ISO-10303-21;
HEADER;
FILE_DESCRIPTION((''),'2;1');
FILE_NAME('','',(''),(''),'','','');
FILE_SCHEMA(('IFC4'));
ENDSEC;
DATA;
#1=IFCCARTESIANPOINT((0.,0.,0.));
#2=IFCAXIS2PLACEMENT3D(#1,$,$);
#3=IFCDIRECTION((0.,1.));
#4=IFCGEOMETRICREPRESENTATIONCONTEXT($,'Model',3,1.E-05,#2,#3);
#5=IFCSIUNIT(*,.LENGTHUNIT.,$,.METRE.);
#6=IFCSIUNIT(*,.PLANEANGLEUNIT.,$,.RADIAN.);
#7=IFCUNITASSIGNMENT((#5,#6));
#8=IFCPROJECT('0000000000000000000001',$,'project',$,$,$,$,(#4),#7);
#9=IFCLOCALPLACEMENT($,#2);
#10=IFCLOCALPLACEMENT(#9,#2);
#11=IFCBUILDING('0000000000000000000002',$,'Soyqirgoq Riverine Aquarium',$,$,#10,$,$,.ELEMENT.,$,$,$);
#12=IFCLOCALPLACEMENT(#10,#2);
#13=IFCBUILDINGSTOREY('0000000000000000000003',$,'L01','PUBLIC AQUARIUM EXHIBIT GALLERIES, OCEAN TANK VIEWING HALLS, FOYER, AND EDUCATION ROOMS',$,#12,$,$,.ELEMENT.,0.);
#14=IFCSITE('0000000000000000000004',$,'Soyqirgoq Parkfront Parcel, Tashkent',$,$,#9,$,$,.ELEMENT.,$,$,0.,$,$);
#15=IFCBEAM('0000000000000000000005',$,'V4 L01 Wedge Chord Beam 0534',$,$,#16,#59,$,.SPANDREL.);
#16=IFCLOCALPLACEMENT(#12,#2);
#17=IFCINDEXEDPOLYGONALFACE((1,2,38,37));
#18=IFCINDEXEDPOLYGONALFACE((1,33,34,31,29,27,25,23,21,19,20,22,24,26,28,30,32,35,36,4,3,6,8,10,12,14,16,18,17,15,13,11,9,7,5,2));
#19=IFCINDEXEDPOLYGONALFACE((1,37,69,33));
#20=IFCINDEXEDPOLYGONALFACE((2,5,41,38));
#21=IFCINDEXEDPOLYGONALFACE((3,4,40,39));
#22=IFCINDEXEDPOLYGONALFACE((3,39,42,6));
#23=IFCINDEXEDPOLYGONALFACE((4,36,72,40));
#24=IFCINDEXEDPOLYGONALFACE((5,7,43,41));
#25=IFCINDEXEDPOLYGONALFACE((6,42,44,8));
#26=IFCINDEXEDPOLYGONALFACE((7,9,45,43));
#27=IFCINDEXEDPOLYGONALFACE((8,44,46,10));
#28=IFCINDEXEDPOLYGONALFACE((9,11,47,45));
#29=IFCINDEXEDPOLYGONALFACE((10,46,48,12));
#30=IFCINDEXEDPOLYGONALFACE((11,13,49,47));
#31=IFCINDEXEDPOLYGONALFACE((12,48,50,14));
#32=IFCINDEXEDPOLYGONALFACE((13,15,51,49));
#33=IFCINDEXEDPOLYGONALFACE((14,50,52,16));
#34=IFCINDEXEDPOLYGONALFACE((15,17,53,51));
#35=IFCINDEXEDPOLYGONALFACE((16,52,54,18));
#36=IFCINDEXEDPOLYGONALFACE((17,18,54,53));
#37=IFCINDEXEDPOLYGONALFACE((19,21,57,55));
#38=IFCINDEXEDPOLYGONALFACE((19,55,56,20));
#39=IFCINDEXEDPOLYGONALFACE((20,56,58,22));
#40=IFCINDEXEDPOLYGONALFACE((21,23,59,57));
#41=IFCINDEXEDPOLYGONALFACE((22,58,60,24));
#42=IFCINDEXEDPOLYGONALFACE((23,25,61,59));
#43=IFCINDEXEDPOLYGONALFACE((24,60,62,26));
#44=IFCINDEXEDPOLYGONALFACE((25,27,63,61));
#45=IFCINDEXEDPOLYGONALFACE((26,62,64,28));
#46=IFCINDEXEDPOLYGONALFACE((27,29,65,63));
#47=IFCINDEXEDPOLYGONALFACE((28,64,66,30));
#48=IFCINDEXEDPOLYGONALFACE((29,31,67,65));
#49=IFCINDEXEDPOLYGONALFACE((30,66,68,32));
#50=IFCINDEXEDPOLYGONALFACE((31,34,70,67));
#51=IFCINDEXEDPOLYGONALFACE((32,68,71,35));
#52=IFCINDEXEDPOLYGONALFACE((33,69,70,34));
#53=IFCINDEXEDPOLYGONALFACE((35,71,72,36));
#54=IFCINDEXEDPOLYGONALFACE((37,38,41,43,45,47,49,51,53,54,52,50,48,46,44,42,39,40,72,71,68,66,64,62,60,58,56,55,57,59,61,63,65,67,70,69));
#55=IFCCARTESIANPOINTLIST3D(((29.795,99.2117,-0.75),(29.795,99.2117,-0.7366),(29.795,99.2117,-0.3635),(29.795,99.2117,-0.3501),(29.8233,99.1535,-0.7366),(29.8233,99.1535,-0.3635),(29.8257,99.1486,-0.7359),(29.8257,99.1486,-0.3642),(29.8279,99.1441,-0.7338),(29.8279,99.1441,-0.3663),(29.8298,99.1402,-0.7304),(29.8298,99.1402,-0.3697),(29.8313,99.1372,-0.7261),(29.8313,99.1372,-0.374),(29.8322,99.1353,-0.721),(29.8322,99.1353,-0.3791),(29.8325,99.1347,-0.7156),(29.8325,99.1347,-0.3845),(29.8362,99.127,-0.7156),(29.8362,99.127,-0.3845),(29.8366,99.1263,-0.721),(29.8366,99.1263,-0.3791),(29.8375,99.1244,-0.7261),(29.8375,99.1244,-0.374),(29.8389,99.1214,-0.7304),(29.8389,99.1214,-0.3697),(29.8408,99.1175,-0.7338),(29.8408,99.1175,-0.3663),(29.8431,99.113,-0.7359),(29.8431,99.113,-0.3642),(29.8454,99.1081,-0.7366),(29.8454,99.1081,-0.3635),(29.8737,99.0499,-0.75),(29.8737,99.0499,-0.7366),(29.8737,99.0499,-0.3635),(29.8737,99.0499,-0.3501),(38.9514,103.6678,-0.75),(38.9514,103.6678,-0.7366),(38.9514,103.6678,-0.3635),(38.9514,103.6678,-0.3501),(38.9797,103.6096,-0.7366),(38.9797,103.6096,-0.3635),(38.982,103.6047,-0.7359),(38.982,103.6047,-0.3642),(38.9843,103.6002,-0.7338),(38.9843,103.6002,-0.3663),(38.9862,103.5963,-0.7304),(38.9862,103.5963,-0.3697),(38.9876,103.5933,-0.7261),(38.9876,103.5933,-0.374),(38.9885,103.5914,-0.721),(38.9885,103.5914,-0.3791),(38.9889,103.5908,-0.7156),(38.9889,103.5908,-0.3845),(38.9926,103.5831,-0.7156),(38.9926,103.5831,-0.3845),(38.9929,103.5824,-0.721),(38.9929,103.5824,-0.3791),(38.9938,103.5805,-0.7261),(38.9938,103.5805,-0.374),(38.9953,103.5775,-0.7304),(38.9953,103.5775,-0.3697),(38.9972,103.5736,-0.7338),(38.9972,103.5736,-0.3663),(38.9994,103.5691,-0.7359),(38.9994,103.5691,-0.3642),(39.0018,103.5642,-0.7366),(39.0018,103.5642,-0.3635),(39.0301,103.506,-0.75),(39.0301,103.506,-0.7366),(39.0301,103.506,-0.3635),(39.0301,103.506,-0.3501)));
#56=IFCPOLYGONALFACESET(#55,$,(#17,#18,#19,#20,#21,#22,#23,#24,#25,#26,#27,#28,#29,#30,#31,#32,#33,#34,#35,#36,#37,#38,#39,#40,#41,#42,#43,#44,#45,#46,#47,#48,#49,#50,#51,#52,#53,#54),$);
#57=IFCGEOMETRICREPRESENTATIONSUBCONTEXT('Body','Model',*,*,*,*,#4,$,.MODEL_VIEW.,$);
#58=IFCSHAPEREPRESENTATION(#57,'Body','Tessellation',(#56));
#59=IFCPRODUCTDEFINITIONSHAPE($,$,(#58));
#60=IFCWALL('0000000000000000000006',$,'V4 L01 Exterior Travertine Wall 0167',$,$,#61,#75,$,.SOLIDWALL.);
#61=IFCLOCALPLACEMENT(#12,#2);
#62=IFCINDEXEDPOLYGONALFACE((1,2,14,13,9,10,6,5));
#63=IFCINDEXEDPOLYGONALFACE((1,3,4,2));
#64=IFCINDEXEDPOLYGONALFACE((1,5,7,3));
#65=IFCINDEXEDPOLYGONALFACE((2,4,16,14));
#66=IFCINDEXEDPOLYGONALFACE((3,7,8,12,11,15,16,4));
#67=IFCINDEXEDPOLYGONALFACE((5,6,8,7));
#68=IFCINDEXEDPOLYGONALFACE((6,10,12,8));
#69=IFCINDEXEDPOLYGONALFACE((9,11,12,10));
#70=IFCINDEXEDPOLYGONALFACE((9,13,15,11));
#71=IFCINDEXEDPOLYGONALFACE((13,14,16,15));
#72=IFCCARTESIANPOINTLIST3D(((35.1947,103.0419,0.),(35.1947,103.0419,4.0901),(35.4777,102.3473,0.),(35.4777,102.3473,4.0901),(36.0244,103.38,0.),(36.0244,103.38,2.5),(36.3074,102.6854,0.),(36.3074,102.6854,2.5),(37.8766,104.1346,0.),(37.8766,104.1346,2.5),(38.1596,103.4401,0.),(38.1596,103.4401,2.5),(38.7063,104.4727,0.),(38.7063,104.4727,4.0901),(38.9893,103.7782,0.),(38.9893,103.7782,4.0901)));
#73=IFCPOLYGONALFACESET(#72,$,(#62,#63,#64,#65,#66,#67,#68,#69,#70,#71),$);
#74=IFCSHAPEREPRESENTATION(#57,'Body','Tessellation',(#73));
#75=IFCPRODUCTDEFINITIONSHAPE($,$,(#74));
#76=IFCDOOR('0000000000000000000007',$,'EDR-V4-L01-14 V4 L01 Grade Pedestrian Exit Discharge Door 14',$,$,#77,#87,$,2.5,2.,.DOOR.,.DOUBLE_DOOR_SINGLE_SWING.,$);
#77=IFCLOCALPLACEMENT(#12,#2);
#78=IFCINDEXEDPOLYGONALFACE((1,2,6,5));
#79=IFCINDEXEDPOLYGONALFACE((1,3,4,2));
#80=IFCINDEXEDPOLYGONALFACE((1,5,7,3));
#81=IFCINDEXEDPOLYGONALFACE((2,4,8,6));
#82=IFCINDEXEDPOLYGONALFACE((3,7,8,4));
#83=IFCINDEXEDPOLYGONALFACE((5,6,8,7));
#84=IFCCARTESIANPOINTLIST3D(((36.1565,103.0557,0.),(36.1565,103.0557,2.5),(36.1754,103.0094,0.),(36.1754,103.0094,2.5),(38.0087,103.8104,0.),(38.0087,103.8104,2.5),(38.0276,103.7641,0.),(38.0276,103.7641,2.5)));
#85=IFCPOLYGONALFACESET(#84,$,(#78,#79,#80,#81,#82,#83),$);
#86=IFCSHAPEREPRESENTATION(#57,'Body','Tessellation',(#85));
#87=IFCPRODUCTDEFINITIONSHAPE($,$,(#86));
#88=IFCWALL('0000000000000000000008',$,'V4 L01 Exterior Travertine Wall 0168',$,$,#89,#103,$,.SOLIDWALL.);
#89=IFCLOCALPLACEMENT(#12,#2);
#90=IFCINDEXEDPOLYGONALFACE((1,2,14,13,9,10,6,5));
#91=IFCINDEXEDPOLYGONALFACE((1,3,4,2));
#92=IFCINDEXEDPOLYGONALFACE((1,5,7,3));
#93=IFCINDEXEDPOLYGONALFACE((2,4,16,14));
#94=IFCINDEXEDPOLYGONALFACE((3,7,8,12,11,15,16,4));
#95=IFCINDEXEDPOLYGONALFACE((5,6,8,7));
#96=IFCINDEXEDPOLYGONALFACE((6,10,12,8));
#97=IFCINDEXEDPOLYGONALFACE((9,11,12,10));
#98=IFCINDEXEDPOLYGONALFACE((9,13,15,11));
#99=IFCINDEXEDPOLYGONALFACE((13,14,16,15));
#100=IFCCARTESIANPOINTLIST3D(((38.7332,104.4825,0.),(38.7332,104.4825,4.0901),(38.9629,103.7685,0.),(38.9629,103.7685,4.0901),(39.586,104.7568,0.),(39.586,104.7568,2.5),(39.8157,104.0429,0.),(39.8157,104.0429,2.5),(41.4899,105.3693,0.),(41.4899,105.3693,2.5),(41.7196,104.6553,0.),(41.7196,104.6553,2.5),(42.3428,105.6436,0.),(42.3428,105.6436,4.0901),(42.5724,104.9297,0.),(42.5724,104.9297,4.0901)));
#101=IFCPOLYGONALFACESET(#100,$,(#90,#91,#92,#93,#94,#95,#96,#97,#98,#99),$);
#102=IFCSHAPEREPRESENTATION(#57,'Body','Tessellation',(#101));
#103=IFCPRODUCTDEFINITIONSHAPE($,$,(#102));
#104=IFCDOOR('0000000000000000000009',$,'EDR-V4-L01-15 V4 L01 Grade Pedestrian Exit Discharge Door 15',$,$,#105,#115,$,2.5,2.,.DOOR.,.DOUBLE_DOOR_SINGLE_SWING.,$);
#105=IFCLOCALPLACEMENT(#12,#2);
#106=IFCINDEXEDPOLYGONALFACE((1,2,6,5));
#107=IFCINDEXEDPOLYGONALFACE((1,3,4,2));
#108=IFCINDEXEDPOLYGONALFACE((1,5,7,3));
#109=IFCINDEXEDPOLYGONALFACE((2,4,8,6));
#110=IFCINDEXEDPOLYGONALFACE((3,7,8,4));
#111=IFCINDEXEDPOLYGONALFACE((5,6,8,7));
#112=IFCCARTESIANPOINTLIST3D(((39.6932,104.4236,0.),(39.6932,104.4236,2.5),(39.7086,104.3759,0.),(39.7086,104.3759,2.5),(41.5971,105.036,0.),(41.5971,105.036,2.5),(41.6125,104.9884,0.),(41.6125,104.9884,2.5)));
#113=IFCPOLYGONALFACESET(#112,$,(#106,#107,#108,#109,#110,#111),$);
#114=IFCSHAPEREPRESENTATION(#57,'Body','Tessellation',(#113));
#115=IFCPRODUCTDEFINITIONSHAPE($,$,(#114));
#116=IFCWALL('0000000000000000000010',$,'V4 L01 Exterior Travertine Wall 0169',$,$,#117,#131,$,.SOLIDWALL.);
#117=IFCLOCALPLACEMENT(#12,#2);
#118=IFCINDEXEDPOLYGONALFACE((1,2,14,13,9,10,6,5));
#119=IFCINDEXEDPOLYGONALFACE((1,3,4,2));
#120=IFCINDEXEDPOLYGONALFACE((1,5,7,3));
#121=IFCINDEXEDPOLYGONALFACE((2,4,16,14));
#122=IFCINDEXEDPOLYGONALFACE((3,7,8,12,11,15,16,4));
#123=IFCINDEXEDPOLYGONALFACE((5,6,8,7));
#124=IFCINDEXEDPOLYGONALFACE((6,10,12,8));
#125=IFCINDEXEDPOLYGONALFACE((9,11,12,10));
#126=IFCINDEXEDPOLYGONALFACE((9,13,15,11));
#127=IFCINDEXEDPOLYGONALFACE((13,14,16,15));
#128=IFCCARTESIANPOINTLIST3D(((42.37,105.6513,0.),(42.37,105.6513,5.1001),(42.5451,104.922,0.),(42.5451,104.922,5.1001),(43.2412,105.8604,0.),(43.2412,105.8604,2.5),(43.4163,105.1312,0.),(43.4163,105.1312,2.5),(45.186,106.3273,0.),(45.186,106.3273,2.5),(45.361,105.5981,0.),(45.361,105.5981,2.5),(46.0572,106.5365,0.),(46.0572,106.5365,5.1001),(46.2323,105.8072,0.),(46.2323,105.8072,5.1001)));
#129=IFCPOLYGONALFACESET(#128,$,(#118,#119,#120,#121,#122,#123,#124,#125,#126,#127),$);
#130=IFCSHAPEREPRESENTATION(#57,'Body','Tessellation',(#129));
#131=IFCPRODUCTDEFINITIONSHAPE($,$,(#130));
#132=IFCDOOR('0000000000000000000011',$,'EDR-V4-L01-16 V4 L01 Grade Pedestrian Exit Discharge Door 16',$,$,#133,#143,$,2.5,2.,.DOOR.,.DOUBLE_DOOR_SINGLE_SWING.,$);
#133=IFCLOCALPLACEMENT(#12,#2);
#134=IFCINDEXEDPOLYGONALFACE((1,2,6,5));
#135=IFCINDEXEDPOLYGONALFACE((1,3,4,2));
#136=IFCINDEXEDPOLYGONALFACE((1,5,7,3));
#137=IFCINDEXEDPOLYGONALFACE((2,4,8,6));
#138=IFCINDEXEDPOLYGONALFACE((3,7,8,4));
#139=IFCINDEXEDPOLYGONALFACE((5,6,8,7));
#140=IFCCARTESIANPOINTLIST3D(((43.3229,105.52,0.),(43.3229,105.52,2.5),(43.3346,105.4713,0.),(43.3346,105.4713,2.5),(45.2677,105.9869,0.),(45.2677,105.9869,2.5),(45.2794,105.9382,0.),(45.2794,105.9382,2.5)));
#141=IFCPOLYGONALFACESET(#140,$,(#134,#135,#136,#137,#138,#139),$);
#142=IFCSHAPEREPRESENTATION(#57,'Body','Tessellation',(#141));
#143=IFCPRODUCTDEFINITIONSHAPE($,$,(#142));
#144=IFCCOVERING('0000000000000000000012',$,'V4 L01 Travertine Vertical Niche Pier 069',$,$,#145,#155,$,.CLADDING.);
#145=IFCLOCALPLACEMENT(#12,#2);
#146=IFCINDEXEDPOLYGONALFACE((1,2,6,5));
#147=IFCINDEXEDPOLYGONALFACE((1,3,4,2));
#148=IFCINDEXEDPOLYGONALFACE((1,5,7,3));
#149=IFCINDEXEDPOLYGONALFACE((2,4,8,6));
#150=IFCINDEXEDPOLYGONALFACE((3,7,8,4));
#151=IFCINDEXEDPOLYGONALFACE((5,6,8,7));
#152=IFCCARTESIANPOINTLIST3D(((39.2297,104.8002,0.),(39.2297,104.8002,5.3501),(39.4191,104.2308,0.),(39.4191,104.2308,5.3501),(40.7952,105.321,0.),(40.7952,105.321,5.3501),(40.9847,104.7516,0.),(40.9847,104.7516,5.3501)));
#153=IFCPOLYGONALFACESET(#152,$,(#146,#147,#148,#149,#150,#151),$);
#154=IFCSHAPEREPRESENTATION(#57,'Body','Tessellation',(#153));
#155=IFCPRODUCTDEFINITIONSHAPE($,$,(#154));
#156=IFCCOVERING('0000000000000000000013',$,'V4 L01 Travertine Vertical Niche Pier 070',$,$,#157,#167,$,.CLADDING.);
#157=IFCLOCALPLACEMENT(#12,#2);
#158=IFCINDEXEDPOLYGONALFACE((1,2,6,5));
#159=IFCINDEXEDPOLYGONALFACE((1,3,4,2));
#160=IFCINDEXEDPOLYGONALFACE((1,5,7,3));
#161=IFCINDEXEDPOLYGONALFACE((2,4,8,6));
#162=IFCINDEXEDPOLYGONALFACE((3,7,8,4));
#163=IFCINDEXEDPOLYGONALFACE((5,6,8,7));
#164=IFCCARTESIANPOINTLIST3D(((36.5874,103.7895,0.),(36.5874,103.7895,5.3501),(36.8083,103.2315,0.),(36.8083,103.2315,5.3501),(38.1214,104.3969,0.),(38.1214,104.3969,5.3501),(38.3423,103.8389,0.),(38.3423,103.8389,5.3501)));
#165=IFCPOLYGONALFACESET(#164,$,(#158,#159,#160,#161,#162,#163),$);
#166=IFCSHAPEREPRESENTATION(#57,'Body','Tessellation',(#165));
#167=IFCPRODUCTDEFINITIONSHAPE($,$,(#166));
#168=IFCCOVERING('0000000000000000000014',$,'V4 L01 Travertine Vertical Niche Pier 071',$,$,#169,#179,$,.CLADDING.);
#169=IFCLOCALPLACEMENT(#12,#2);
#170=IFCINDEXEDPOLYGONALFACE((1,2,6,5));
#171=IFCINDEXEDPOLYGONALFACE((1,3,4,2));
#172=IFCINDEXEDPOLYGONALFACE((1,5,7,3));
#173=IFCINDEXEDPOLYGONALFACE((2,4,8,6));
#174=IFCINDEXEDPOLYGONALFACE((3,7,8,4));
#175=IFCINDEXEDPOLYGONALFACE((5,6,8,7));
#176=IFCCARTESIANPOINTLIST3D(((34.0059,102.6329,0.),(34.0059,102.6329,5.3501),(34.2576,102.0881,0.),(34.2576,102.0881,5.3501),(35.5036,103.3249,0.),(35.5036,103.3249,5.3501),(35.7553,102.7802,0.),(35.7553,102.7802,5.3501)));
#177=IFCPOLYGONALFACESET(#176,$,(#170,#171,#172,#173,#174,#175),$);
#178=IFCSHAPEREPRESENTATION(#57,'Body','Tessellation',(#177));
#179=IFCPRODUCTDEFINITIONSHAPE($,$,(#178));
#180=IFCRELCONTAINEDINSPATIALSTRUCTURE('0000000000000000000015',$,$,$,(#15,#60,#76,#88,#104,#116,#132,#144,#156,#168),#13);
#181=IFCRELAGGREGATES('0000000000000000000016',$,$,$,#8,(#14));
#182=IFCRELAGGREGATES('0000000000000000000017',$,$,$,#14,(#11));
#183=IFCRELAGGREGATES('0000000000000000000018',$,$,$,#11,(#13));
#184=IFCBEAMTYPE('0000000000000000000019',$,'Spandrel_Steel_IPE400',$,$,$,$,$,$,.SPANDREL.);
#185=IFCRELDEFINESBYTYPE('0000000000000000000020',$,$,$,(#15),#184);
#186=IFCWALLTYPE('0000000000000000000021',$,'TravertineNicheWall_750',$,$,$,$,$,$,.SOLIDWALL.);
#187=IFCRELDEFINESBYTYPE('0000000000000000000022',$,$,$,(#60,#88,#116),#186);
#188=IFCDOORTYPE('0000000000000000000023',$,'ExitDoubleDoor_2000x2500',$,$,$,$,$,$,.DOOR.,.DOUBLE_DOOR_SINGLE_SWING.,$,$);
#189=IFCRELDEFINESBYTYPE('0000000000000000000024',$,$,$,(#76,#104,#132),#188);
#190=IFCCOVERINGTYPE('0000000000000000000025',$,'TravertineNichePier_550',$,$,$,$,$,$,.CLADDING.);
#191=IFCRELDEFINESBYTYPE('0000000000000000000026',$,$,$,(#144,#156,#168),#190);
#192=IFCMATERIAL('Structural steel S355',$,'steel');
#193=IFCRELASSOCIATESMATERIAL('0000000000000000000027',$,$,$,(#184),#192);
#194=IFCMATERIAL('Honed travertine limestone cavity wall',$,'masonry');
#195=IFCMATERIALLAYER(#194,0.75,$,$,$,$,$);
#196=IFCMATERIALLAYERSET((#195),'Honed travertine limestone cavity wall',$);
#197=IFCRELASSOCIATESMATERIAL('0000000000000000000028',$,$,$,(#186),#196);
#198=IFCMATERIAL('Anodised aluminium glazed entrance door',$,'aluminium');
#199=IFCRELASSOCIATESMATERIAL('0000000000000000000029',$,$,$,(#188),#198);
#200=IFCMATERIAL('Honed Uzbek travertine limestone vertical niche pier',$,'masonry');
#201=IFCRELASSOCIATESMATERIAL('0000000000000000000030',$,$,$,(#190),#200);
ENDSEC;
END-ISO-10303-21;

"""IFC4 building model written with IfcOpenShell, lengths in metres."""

from ifc_helpers import new_model, si_unit, direction, frame, frame_2d, origin, origin_2d, place, context, subcontext, project, spatial, rectangle, i_section, extrude, material, layer, layer_set, material_profile, profile_set, type_object, element, fill, save


model = new_model("IFC4")

# Units and contexts
model_context = context("Model", 3, precision=1e-05, world=origin(), true_north=direction((0.0, 1.0)))
body_context = subcontext(model_context, "Body", "Model", "MODEL_VIEW")
ifc_project = project(units=[si_unit("LENGTHUNIT", "METRE"), si_unit("PLANEANGLEUNIT", "RADIAN")], contexts=[model_context])

# Site, building, storey
site_placement = place(None, origin())
site = spatial("IfcSite", under=ifc_project, at=site_placement, Name="Soyqirgoq Parkfront Parcel, Tashkent", CompositionType="ELEMENT", RefElevation=0.0)
building_placement = place(site_placement, origin())
building = spatial("IfcBuilding", under=site, at=building_placement, Name="Soyqirgoq Riverine Aquarium", CompositionType="ELEMENT")
storey_placement = place(building_placement, origin())
storey = spatial("IfcBuildingStorey", under=building, at=storey_placement, Name="L01", Description="PUBLIC AQUARIUM EXHIBIT GALLERIES, OCEAN TANK VIEWING HALLS, FOYER, AND EDUCATION ROOMS", CompositionType="ELEMENT", Elevation=0.0)

# Beam
ifc_material_1 = material(Name="Structural steel S355", Category="steel")
ifc_material_profile_1 = material_profile(ifc_material_1, i_section(OverallWidth=0.1799, OverallDepth=0.3999, WebThickness=0.0085, FlangeThickness=0.0134, FilletRadius=0.021, at=origin_2d()), Name="IPE 400")
ifc_profile_set_1 = profile_set([ifc_material_profile_1], Name="Structural steel S355")
beam_type_1 = type_object("IfcBeamType", Name="Spandrel_Steel_IPE400", PredefinedType="SPANDREL", material=ifc_profile_set_1)
beam_1_placement = place(storey_placement, frame((38.9907, 103.5869, -0.55), z_axis=(-0.899171, -0.437598, 0.0), x_axis=(0.437598, -0.899171, 0.0)))
element("IfcBeam", 1, at=beam_1_placement, inside=storey, type_object=beam_type_1, Name="V4 L01 Wedge Chord Beam 0534", PredefinedType="SPANDREL", context=body_context, shape_type="SweptSolid", body=[
    extrude(i_section(OverallWidth=0.1799, OverallDepth=0.3999, WebThickness=0.0085, FlangeThickness=0.0134, FilletRadius=0.021, at=origin_2d()), origin(), (0.0, 0.0, 1.0), 10.1831),
])

# Walls, openings, doors
ifc_material_2 = material(Name="Honed travertine limestone cavity wall", Category="masonry")
ifc_layer = layer(ifc_material_2, 0.75)
ifc_layer_set = layer_set([ifc_layer], Name="Honed travertine limestone cavity wall")
wall_type = type_object("IfcWallType", Name="TravertineNicheWall_750", PredefinedType="SOLIDWALL", material=ifc_layer_set)
wall_1_placement = place(storey_placement, frame((35.3362, 102.6946, 0.0), z_axis=(0.0, 0.0, 1.0), x_axis=(0.926073, 0.377344, 0.0)))
wall_1 = element("IfcWall", 2, at=wall_1_placement, inside=storey, type_object=wall_type, Name="V4 L01 Exterior Travertine Wall 0167", PredefinedType="SOLIDWALL", context=body_context, shape_type="SweptSolid", body=[
    extrude(rectangle(XDim=3.792, YDim=0.75, at=frame_2d((1.896, 0.0))), origin(), (0.0, 0.0, 1.0), 4.0901),
])
opening_1_placement = place(wall_1_placement, frame((0.896, 0.0, 0.0)))
opening_1 = element("IfcOpeningElement", 3, at=opening_1_placement, cuts=wall_1, PredefinedType="OPENING", context=body_context, shape_type="SweptSolid", body=[
    extrude(rectangle(XDim=2.0, YDim=2.5, at=frame_2d((1.0, 1.25))), frame((0.0, 0.385, 0.0), z_axis=(0.0, -1.0, 0.0), x_axis=(1.0, 0.0, 0.0)), (0.0, 0.0, 1.0), 0.77),
])
ifc_material_3 = material(Name="Anodised aluminium glazed entrance door", Category="aluminium")
door_type = type_object("IfcDoorType", Name="ExitDoubleDoor_2000x2500", OperationType="DOUBLE_DOOR_SINGLE_SWING", PredefinedType="DOOR", material=ifc_material_3)
door_1_placement = place(opening_1_placement, origin())
door_1 = element("IfcDoor", 4, at=door_1_placement, inside=storey, type_object=door_type, Name="EDR-V4-L01-14 V4 L01 Grade Pedestrian Exit Discharge Door 14", OperationType="DOUBLE_DOOR_SINGLE_SWING", OverallHeight=2.5, OverallWidth=2.0, PredefinedType="DOOR", context=body_context, shape_type="SweptSolid", body=[
    extrude(rectangle(XDim=2.0, YDim=2.5, at=frame_2d((1.0, 1.25))), frame((0.0, 0.0249, 0.0), z_axis=(0.0, -1.0, 0.0), x_axis=(1.0, 0.0, 0.0)), (0.0, 0.0, 1.0), 0.05),
])
fill(opening_1, door_1)
wall_2_placement = place(storey_placement, frame((38.8479, 104.1255, 0.0), z_axis=(0.0, 0.0, 1.0), x_axis=(0.95196, 0.306224, 0.0)))
wall_2 = element("IfcWall", 5, at=wall_2_placement, inside=storey, type_object=wall_type, Name="V4 L01 Exterior Travertine Wall 0168", PredefinedType="SOLIDWALL", context=body_context, shape_type="SweptSolid", body=[
    extrude(rectangle(XDim=3.7917, YDim=0.75, at=frame_2d((1.896, 0.0))), origin(), (0.0, 0.0, 1.0), 4.0901),
])
opening_2_placement = place(wall_2_placement, frame((0.896, 0.0, 0.0)))
opening_2 = element("IfcOpeningElement", 6, at=opening_2_placement, cuts=wall_2, PredefinedType="OPENING", context=body_context, shape_type="SweptSolid", body=[
    extrude(rectangle(XDim=2.0, YDim=2.5, at=frame_2d((1.0, 1.25))), frame((0.0, 0.385, 0.0), z_axis=(0.0, -1.0, 0.0), x_axis=(1.0, 0.0, 0.0)), (0.0, 0.0, 1.0), 0.77),
])
door_2_placement = place(opening_2_placement, origin())
door_2 = element("IfcDoor", 7, at=door_2_placement, inside=storey, type_object=door_type, Name="EDR-V4-L01-15 V4 L01 Grade Pedestrian Exit Discharge Door 15", OperationType="DOUBLE_DOOR_SINGLE_SWING", OverallHeight=2.5, OverallWidth=2.0, PredefinedType="DOOR", context=body_context, shape_type="SweptSolid", body=[
    extrude(rectangle(XDim=2.0, YDim=2.5, at=frame_2d((1.0, 1.25))), frame((0.0, 0.0249, 0.0), z_axis=(0.0, -1.0, 0.0), x_axis=(1.0, 0.0, 0.0)), (0.0, 0.0, 1.0), 0.05),
])
fill(opening_2, door_2)
wall_3_placement = place(storey_placement, frame((42.4575, 105.2866, 0.0), z_axis=(0.0, 0.0, 1.0), x_axis=(0.972369, 0.233451, 0.0)))
wall_3 = element("IfcWall", 8, at=wall_3_placement, inside=storey, type_object=wall_type, Name="V4 L01 Exterior Travertine Wall 0169", PredefinedType="SOLIDWALL", context=body_context, shape_type="SweptSolid", body=[
    extrude(rectangle(XDim=3.792, YDim=0.75, at=frame_2d((1.896, 0.0))), origin(), (0.0, 0.0, 1.0), 5.1001),
])
opening_3_placement = place(wall_3_placement, frame((0.896, 0.0, 0.0)))
opening_3 = element("IfcOpeningElement", 9, at=opening_3_placement, cuts=wall_3, PredefinedType="OPENING", context=body_context, shape_type="SweptSolid", body=[
    extrude(rectangle(XDim=2.0, YDim=2.5, at=frame_2d((1.0, 1.25))), frame((0.0, 0.385, 0.0), z_axis=(0.0, -1.0, 0.0), x_axis=(1.0, 0.0, 0.0)), (0.0, 0.0, 1.0), 0.77),
])
door_3_placement = place(opening_3_placement, origin())
door_3 = element("IfcDoor", 10, at=door_3_placement, inside=storey, type_object=door_type, Name="EDR-V4-L01-16 V4 L01 Grade Pedestrian Exit Discharge Door 16", OperationType="DOUBLE_DOOR_SINGLE_SWING", OverallHeight=2.5, OverallWidth=2.0, PredefinedType="DOOR", context=body_context, shape_type="SweptSolid", body=[
    extrude(rectangle(XDim=2.0, YDim=2.5, at=frame_2d((1.0, 1.25))), frame((0.0, 0.0249, 0.0), z_axis=(0.0, -1.0, 0.0), x_axis=(1.0, 0.0, 0.0)), (0.0, 0.0, 1.0), 0.05),
])
fill(opening_3, door_3)

# Coverings
ifc_material_4 = material(Name="Honed Uzbek travertine limestone vertical niche pier", Category="masonry")
covering_type = type_object("IfcCoveringType", Name="TravertineNichePier_550", PredefinedType="CLADDING", material=ifc_material_4)
for number, where, z_axis, x_axis, name in (
    (11, (40.1072, 104.7759, 0.0), (0.0, 0.0, 1.0), (-0.315649, 0.948876, 0.0), "V4 L01 Travertine Vertical Niche Pier 069"),
    (12, (37.4648, 103.8142, 0.0), (0.0, 0.0, 1.0), (-0.368125, 0.929776, 0.0), "V4 L01 Travertine Vertical Niche Pier 070"),
    (13, (34.8806, 102.7065, 0.0), (0.0, 0.0, 1.0), (-0.419452, 0.907777, 0.0), "V4 L01 Travertine Vertical Niche Pier 071"),
):
    element("IfcCovering", number, at=place(storey_placement, frame(where, z_axis=z_axis, x_axis=x_axis)), inside=storey, type_object=covering_type, Name=name, PredefinedType="CLADDING", context=body_context, shape_type="SweptSolid", body=[
        extrude(rectangle(XDim=0.6001, YDim=1.6499, at=origin_2d()), origin(), (0.0, 0.0, 1.0), 5.3501),
    ])

save(model, "model.ifc")
